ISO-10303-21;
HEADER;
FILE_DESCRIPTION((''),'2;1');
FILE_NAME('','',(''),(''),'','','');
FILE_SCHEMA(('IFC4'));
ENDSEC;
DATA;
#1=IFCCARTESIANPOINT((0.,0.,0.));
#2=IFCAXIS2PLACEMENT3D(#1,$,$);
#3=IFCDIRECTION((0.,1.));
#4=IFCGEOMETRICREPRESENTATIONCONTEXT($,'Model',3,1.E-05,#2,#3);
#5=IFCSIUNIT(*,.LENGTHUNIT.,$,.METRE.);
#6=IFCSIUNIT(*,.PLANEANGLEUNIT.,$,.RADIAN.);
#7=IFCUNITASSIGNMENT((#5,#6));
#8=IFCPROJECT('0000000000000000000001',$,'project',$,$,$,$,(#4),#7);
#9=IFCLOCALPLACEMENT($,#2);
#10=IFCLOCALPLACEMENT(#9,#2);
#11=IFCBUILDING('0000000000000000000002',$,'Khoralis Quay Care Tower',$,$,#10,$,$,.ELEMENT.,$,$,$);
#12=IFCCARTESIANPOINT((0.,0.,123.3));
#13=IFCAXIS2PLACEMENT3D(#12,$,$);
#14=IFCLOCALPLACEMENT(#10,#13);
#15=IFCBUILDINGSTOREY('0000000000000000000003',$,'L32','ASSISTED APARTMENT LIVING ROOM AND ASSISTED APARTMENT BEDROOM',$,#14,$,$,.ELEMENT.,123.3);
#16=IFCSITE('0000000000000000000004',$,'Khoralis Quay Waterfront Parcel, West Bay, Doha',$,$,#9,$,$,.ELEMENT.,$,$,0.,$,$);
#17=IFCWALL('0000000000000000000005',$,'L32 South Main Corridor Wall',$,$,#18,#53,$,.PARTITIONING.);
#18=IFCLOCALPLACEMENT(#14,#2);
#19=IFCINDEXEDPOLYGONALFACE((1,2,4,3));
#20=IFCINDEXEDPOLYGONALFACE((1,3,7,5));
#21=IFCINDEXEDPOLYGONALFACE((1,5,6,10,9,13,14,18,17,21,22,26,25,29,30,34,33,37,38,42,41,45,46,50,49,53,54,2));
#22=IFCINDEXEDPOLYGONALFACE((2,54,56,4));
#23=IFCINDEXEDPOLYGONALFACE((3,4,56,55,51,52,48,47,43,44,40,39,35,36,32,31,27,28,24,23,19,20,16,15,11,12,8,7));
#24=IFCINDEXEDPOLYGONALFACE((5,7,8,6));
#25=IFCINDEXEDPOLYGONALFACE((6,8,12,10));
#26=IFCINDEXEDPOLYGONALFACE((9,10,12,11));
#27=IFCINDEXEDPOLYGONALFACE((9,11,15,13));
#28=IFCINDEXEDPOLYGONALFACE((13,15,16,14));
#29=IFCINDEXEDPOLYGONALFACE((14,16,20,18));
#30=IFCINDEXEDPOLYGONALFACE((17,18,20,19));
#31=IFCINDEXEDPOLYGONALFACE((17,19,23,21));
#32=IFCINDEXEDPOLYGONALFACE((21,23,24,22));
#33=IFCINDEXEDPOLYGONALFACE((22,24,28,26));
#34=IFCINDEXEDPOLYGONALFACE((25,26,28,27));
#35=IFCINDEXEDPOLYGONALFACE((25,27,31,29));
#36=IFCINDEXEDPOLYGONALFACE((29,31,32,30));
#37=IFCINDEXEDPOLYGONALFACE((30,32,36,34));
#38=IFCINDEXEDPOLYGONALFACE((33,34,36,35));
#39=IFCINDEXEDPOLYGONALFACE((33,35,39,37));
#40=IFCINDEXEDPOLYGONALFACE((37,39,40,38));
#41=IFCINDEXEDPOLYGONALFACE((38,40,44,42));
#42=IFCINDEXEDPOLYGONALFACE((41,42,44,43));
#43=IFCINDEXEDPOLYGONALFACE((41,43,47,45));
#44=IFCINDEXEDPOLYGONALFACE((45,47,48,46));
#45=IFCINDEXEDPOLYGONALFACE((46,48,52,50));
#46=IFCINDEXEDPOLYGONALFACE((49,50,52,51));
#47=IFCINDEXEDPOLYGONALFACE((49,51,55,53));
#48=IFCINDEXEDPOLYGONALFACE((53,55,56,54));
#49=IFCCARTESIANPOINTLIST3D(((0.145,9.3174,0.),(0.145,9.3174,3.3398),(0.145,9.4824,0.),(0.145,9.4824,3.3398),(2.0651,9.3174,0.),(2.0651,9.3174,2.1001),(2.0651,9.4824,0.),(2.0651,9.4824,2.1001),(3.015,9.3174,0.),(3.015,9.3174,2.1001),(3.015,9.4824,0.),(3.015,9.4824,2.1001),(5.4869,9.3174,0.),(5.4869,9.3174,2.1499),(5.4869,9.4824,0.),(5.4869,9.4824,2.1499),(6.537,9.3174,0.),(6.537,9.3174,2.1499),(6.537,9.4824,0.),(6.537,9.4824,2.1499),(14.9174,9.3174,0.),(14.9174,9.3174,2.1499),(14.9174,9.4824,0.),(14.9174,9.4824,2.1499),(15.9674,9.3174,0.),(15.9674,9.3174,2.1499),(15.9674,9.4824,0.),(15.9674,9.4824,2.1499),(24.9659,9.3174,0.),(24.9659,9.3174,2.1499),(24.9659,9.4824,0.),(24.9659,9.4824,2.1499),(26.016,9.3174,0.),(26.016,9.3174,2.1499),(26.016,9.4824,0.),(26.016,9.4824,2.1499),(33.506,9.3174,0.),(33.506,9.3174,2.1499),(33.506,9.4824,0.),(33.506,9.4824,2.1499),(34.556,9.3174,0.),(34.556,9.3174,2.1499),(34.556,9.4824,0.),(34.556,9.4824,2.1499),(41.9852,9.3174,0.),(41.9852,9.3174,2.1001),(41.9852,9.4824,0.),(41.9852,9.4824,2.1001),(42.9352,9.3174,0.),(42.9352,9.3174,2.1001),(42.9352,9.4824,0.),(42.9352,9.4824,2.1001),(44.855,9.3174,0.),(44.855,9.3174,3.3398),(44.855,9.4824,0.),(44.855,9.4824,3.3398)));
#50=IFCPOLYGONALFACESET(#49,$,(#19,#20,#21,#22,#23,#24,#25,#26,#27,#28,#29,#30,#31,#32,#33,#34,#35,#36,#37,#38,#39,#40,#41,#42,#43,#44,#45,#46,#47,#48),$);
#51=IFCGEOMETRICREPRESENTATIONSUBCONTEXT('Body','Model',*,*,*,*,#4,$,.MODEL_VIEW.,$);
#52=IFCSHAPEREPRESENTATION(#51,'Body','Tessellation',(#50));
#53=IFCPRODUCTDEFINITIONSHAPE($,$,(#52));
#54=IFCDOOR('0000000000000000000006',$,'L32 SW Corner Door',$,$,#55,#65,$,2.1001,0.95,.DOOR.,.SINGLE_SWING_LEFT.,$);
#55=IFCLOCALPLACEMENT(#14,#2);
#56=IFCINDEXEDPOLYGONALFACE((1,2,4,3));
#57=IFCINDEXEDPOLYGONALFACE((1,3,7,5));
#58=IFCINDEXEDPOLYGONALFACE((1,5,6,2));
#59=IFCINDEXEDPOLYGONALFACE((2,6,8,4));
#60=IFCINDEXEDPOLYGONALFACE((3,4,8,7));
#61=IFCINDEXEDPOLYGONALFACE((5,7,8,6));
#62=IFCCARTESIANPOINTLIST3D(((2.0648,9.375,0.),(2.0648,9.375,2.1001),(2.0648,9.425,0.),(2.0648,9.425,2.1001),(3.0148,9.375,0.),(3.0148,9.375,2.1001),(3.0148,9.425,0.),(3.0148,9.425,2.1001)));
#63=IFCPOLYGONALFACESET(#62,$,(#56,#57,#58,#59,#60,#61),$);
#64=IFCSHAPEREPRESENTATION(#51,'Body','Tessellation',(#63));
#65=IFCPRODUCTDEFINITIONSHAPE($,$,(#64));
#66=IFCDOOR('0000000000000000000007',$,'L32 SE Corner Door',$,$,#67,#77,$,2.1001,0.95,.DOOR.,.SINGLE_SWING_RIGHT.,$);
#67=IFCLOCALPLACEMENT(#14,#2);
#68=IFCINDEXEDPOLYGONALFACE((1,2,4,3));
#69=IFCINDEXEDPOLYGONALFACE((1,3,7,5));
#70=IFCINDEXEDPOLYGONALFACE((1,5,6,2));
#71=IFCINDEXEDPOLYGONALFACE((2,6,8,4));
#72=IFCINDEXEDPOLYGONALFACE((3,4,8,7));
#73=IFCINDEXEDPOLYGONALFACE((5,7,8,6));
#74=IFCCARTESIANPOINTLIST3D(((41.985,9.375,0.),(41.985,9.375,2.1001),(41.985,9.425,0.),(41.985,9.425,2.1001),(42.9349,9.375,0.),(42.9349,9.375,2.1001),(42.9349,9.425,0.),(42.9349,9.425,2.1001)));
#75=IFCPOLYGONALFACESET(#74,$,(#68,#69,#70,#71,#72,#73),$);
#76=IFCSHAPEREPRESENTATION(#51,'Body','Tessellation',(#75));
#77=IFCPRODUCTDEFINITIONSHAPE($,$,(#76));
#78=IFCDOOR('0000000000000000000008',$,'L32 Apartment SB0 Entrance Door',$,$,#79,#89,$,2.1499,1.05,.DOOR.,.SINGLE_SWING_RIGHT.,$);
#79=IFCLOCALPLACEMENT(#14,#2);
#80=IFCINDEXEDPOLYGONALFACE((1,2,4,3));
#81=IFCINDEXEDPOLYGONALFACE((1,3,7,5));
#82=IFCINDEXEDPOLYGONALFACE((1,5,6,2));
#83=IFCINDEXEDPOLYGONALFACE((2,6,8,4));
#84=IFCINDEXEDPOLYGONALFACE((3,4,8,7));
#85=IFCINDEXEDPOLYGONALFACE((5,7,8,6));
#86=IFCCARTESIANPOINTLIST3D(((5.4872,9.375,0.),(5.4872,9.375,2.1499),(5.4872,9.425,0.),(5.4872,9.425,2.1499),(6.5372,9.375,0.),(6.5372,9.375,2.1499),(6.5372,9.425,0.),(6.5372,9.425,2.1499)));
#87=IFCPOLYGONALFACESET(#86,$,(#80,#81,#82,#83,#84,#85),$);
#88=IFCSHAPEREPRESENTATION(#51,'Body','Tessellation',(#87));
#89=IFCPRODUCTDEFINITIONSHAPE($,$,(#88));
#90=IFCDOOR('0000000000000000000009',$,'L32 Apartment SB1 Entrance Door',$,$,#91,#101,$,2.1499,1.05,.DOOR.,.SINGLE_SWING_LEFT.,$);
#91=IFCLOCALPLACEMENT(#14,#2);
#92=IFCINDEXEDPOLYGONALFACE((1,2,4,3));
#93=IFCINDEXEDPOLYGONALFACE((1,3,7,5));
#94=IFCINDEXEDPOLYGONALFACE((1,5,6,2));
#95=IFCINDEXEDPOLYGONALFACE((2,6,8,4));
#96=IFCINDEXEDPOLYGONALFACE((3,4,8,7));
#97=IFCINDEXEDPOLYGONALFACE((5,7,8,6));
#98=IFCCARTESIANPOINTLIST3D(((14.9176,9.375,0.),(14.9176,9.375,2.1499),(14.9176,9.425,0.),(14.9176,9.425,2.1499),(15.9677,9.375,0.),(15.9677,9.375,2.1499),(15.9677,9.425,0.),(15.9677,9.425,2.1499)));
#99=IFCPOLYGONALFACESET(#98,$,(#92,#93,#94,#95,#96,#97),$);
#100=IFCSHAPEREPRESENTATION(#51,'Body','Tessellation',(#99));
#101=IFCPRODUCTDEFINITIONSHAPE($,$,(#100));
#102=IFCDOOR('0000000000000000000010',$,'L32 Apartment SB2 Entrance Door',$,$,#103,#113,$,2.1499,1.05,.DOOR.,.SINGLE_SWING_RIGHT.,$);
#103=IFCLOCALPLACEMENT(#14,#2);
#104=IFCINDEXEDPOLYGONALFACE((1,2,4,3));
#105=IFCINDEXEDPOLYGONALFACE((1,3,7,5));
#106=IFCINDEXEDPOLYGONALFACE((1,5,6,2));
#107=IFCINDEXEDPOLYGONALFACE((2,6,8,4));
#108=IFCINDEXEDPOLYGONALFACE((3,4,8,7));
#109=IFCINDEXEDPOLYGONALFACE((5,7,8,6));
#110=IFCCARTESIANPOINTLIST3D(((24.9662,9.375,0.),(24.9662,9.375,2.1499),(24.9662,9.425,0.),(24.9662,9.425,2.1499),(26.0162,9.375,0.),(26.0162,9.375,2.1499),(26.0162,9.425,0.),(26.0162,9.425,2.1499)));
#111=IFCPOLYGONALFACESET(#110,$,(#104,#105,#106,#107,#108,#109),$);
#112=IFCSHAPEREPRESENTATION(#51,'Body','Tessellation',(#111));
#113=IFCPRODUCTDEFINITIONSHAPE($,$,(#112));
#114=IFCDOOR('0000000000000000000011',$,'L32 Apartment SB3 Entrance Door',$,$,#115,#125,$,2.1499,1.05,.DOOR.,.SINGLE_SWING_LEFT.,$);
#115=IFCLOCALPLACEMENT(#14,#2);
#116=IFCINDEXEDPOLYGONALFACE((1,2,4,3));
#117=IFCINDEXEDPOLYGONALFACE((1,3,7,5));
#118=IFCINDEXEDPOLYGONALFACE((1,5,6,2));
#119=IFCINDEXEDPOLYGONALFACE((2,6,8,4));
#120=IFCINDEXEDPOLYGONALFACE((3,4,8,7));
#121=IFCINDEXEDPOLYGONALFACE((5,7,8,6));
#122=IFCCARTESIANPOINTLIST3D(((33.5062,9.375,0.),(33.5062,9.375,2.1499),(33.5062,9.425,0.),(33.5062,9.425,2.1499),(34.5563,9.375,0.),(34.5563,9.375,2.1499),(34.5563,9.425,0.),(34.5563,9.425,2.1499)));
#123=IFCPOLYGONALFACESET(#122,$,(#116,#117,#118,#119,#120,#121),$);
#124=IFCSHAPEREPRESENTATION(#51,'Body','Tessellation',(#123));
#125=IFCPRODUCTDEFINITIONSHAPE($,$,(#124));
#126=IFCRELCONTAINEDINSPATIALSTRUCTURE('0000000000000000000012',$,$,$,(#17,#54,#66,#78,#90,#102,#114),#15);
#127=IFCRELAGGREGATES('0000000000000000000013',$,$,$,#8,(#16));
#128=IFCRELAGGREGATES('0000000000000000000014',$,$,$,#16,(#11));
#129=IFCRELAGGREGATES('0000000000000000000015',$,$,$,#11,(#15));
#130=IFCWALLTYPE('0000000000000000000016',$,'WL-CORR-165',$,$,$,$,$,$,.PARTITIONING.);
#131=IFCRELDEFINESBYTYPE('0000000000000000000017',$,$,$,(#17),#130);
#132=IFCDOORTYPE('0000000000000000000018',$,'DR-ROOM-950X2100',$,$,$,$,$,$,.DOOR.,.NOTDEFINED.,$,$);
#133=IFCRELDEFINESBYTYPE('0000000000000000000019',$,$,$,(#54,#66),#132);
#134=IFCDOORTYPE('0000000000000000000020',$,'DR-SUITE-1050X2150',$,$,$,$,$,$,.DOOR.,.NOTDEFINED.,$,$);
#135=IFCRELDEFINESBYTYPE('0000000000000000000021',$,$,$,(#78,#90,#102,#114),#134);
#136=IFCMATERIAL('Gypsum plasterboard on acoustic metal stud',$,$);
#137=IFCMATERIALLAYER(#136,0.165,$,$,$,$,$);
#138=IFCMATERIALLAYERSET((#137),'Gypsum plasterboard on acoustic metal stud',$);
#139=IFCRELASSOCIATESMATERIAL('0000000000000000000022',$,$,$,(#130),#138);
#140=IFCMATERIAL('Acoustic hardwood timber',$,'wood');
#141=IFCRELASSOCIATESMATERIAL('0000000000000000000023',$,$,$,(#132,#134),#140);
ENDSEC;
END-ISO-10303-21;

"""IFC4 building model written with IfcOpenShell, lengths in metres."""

from ifc_helpers import new_model, si_unit, direction, frame, frame_2d, origin, place, context, subcontext, project, spatial, rectangle, extrude, source, transform, mapped, material, layer, layer_set, type_object, element, fill, save


model = new_model("IFC4")

# Units and contexts
model_context = context("Model", 3, precision=1e-05, world=origin(), true_north=direction((0.0, 1.0)))
body_context = subcontext(model_context, "Body", "Model", "MODEL_VIEW")
ifc_project = project(units=[si_unit("LENGTHUNIT", "METRE"), si_unit("PLANEANGLEUNIT", "RADIAN")], contexts=[model_context])

# Site, building, storey
site_placement = place(None, origin())
site = spatial("IfcSite", under=ifc_project, at=site_placement, Name="Khoralis Quay Waterfront Parcel, West Bay, Doha", CompositionType="ELEMENT", RefElevation=0.0)
building_placement = place(site_placement, origin())
building = spatial("IfcBuilding", under=site, at=building_placement, Name="Khoralis Quay Care Tower", CompositionType="ELEMENT")
storey_placement = place(building_placement, frame((0.0, 0.0, 123.3)))
storey = spatial("IfcBuildingStorey", under=building, at=storey_placement, Name="L32", Description="ASSISTED APARTMENT LIVING ROOM AND ASSISTED APARTMENT BEDROOM", CompositionType="ELEMENT", Elevation=123.3)

# Wall, openings, doors
ifc_material_1 = material(Name="Gypsum plasterboard on acoustic metal stud")
ifc_layer_1 = layer(ifc_material_1, 0.165)
ifc_layer_set_1 = layer_set([ifc_layer_1], Name="Gypsum plasterboard on acoustic metal stud")
wall_type_1 = type_object("IfcWallType", Name="WL-CORR-165", PredefinedType="PARTITIONING", material=ifc_layer_set_1)
wall_1_placement = place(storey_placement, frame((0.145, 9.3999, 0.0), z_axis=(0.0, 0.0, 1.0), x_axis=(1.0, 0.0, 0.0)))
wall_1 = element("IfcWall", 1, at=wall_1_placement, inside=storey, type_object=wall_type_1, Name="L32 South Main Corridor Wall", PredefinedType="PARTITIONING", context=body_context, shape_type="SweptSolid", body=[
    extrude(rectangle(XDim=44.71, YDim=0.165, at=frame_2d((22.355, 0.0))), origin(), (0.0, 0.0, 1.0), 3.3398),
])
opening_1_placement = place(wall_1_placement, frame((5.342, 0.0, 0.0)))
opening_1 = element("IfcOpeningElement", 2, at=opening_1_placement, cuts=wall_1, PredefinedType="OPENING", context=body_context, shape_type="SweptSolid", body=[
    extrude(rectangle(XDim=1.05, YDim=2.1499, at=frame_2d((0.5249, 1.075))), frame((0.0, 0.0925, 0.0), z_axis=(0.0, -1.0, 0.0), x_axis=(1.0, 0.0, 0.0)), (0.0, 0.0, 1.0), 0.1851),
])
opening_2_placement = place(wall_1_placement, frame((14.7725, 0.0, 0.0)))
opening_2 = element("IfcOpeningElement", 3, at=opening_2_placement, cuts=wall_1, PredefinedType="OPENING", context=body_context, shape_type="SweptSolid", body=[
    extrude(rectangle(XDim=1.05, YDim=2.1499, at=frame_2d((0.5249, 1.075))), frame((0.0, 0.0925, 0.0), z_axis=(0.0, -1.0, 0.0), x_axis=(1.0, 0.0, 0.0)), (0.0, 0.0, 1.0), 0.1851),
])
opening_3_placement = place(wall_1_placement, frame((24.821, 0.0, 0.0)))
opening_3 = element("IfcOpeningElement", 4, at=opening_3_placement, cuts=wall_1, PredefinedType="OPENING", context=body_context, shape_type="SweptSolid", body=[
    extrude(rectangle(XDim=1.05, YDim=2.1499, at=frame_2d((0.5249, 1.075))), frame((0.0, 0.0925, 0.0), z_axis=(0.0, -1.0, 0.0), x_axis=(1.0, 0.0, 0.0)), (0.0, 0.0, 1.0), 0.1851),
])
opening_4_placement = place(wall_1_placement, frame((33.3611, 0.0, 0.0)))
opening_4 = element("IfcOpeningElement", 5, at=opening_4_placement, cuts=wall_1, PredefinedType="OPENING", context=body_context, shape_type="SweptSolid", body=[
    extrude(rectangle(XDim=1.05, YDim=2.1499, at=frame_2d((0.5249, 1.075))), frame((0.0, 0.0925, 0.0), z_axis=(0.0, -1.0, 0.0), x_axis=(1.0, 0.0, 0.0)), (0.0, 0.0, 1.0), 0.1851),
])
opening_5_placement = place(wall_1_placement, frame((1.9199, 0.0, 0.0)))
opening_5 = element("IfcOpeningElement", 6, at=opening_5_placement, cuts=wall_1, PredefinedType="OPENING", context=body_context, shape_type="SweptSolid", body=[
    extrude(rectangle(XDim=0.95, YDim=2.1001, at=frame_2d((0.4751, 1.05))), frame((0.0, 0.0925, 0.0), z_axis=(0.0, -1.0, 0.0), x_axis=(1.0, 0.0, 0.0)), (0.0, 0.0, 1.0), 0.1851),
])
opening_6_placement = place(wall_1_placement, frame((41.8401, 0.0, 0.0)))
opening_6 = element("IfcOpeningElement", 7, at=opening_6_placement, cuts=wall_1, PredefinedType="OPENING", context=body_context, shape_type="SweptSolid", body=[
    extrude(rectangle(XDim=0.95, YDim=2.1001, at=frame_2d((0.4751, 1.05))), frame((0.0, 0.0925, 0.0), z_axis=(0.0, -1.0, 0.0), x_axis=(1.0, 0.0, 0.0)), (0.0, 0.0, 1.0), 0.1851),
])
ifc_material_2 = material(Name="Acoustic hardwood timber", Category="wood")
door_type_1 = type_object("IfcDoorType", Name="DR-ROOM-950X2100", OperationType="NOTDEFINED", PredefinedType="DOOR", material=ifc_material_2)
shared_shape_1 = source(origin(), body_context, "Body", "SweptSolid", [
    extrude(rectangle(XDim=0.95, YDim=2.1001, at=frame_2d((0.4751, 1.05))), frame((0.0, 0.0249, 0.0), z_axis=(0.0, -1.0, 0.0), x_axis=(1.0, 0.0, 0.0)), (0.0, 0.0, 1.0), 0.05),
])
door_1_placement = place(opening_5_placement, frame((0.95, 0.0, 0.0), z_axis=(0.0, 0.0, 1.0), x_axis=(-1.0, 0.0, 0.0)))
door_1 = element("IfcDoor", 8, at=door_1_placement, inside=storey, type_object=door_type_1, Name="L32 SW Corner Door", OperationType="SINGLE_SWING_LEFT", OverallHeight=2.1001, OverallWidth=0.95, PredefinedType="DOOR", context=body_context, shape_type="MappedRepresentation", body=[
    mapped(shared_shape_1, transform((0.0, 0.0, 0.0), scale=1.0)),
])
fill(opening_5, door_1)
door_2_placement = place(opening_6_placement, frame((0.95, 0.0, 0.0), z_axis=(0.0, 0.0, 1.0), x_axis=(-1.0, 0.0, 0.0)))
door_2 = element("IfcDoor", 9, at=door_2_placement, inside=storey, type_object=door_type_1, Name="L32 SE Corner Door", OperationType="SINGLE_SWING_RIGHT", OverallHeight=2.1001, OverallWidth=0.95, PredefinedType="DOOR", context=body_context, shape_type="MappedRepresentation", body=[
    mapped(shared_shape_1, transform((0.0, 0.0, 0.0), scale=1.0)),
])
fill(opening_6, door_2)
door_type_2 = type_object("IfcDoorType", Name="DR-SUITE-1050X2150", OperationType="NOTDEFINED", PredefinedType="DOOR", material=ifc_material_2)
shared_shape_2 = source(origin(), body_context, "Body", "SweptSolid", [
    extrude(rectangle(XDim=1.05, YDim=2.1499, at=frame_2d((0.5249, 1.075))), frame((0.0, 0.0249, 0.0), z_axis=(0.0, -1.0, 0.0), x_axis=(1.0, 0.0, 0.0)), (0.0, 0.0, 1.0), 0.05),
])
door_3_placement = place(opening_1_placement, frame((1.05, 0.0, 0.0), z_axis=(0.0, 0.0, 1.0), x_axis=(-1.0, 0.0, 0.0)))
door_3 = element("IfcDoor", 10, at=door_3_placement, inside=storey, type_object=door_type_2, Name="L32 Apartment SB0 Entrance Door", OperationType="SINGLE_SWING_RIGHT", OverallHeight=2.1499, OverallWidth=1.05, PredefinedType="DOOR", context=body_context, shape_type="MappedRepresentation", body=[
    mapped(shared_shape_2, transform((0.0, 0.0, 0.0), scale=1.0)),
])
fill(opening_1, door_3)
door_4_placement = place(opening_2_placement, frame((1.05, 0.0, 0.0), z_axis=(0.0, 0.0, 1.0), x_axis=(-1.0, 0.0, 0.0)))
door_4 = element("IfcDoor", 11, at=door_4_placement, inside=storey, type_object=door_type_2, Name="L32 Apartment SB1 Entrance Door", OperationType="SINGLE_SWING_LEFT", OverallHeight=2.1499, OverallWidth=1.05, PredefinedType="DOOR", context=body_context, shape_type="MappedRepresentation", body=[
    mapped(shared_shape_2, transform((0.0, 0.0, 0.0), scale=1.0)),
])
fill(opening_2, door_4)
door_5_placement = place(opening_3_placement, frame((1.05, 0.0, 0.0), z_axis=(0.0, 0.0, 1.0), x_axis=(-1.0, 0.0, 0.0)))
door_5 = element("IfcDoor", 12, at=door_5_placement, inside=storey, type_object=door_type_2, Name="L32 Apartment SB2 Entrance Door", OperationType="SINGLE_SWING_RIGHT", OverallHeight=2.1499, OverallWidth=1.05, PredefinedType="DOOR", context=body_context, shape_type="MappedRepresentation", body=[
    mapped(shared_shape_2, transform((0.0, 0.0, 0.0), scale=1.0)),
])
fill(opening_3, door_5)
door_6_placement = place(opening_4_placement, frame((1.05, 0.0, 0.0), z_axis=(0.0, 0.0, 1.0), x_axis=(-1.0, 0.0, 0.0)))
door_6 = element("IfcDoor", 13, at=door_6_placement, inside=storey, type_object=door_type_2, Name="L32 Apartment SB3 Entrance Door", OperationType="SINGLE_SWING_LEFT", OverallHeight=2.1499, OverallWidth=1.05, PredefinedType="DOOR", context=body_context, shape_type="MappedRepresentation", body=[
    mapped(shared_shape_2, transform((0.0, 0.0, 0.0), scale=1.0)),
])
fill(opening_4, door_6)

save(model, "model.ifc")
